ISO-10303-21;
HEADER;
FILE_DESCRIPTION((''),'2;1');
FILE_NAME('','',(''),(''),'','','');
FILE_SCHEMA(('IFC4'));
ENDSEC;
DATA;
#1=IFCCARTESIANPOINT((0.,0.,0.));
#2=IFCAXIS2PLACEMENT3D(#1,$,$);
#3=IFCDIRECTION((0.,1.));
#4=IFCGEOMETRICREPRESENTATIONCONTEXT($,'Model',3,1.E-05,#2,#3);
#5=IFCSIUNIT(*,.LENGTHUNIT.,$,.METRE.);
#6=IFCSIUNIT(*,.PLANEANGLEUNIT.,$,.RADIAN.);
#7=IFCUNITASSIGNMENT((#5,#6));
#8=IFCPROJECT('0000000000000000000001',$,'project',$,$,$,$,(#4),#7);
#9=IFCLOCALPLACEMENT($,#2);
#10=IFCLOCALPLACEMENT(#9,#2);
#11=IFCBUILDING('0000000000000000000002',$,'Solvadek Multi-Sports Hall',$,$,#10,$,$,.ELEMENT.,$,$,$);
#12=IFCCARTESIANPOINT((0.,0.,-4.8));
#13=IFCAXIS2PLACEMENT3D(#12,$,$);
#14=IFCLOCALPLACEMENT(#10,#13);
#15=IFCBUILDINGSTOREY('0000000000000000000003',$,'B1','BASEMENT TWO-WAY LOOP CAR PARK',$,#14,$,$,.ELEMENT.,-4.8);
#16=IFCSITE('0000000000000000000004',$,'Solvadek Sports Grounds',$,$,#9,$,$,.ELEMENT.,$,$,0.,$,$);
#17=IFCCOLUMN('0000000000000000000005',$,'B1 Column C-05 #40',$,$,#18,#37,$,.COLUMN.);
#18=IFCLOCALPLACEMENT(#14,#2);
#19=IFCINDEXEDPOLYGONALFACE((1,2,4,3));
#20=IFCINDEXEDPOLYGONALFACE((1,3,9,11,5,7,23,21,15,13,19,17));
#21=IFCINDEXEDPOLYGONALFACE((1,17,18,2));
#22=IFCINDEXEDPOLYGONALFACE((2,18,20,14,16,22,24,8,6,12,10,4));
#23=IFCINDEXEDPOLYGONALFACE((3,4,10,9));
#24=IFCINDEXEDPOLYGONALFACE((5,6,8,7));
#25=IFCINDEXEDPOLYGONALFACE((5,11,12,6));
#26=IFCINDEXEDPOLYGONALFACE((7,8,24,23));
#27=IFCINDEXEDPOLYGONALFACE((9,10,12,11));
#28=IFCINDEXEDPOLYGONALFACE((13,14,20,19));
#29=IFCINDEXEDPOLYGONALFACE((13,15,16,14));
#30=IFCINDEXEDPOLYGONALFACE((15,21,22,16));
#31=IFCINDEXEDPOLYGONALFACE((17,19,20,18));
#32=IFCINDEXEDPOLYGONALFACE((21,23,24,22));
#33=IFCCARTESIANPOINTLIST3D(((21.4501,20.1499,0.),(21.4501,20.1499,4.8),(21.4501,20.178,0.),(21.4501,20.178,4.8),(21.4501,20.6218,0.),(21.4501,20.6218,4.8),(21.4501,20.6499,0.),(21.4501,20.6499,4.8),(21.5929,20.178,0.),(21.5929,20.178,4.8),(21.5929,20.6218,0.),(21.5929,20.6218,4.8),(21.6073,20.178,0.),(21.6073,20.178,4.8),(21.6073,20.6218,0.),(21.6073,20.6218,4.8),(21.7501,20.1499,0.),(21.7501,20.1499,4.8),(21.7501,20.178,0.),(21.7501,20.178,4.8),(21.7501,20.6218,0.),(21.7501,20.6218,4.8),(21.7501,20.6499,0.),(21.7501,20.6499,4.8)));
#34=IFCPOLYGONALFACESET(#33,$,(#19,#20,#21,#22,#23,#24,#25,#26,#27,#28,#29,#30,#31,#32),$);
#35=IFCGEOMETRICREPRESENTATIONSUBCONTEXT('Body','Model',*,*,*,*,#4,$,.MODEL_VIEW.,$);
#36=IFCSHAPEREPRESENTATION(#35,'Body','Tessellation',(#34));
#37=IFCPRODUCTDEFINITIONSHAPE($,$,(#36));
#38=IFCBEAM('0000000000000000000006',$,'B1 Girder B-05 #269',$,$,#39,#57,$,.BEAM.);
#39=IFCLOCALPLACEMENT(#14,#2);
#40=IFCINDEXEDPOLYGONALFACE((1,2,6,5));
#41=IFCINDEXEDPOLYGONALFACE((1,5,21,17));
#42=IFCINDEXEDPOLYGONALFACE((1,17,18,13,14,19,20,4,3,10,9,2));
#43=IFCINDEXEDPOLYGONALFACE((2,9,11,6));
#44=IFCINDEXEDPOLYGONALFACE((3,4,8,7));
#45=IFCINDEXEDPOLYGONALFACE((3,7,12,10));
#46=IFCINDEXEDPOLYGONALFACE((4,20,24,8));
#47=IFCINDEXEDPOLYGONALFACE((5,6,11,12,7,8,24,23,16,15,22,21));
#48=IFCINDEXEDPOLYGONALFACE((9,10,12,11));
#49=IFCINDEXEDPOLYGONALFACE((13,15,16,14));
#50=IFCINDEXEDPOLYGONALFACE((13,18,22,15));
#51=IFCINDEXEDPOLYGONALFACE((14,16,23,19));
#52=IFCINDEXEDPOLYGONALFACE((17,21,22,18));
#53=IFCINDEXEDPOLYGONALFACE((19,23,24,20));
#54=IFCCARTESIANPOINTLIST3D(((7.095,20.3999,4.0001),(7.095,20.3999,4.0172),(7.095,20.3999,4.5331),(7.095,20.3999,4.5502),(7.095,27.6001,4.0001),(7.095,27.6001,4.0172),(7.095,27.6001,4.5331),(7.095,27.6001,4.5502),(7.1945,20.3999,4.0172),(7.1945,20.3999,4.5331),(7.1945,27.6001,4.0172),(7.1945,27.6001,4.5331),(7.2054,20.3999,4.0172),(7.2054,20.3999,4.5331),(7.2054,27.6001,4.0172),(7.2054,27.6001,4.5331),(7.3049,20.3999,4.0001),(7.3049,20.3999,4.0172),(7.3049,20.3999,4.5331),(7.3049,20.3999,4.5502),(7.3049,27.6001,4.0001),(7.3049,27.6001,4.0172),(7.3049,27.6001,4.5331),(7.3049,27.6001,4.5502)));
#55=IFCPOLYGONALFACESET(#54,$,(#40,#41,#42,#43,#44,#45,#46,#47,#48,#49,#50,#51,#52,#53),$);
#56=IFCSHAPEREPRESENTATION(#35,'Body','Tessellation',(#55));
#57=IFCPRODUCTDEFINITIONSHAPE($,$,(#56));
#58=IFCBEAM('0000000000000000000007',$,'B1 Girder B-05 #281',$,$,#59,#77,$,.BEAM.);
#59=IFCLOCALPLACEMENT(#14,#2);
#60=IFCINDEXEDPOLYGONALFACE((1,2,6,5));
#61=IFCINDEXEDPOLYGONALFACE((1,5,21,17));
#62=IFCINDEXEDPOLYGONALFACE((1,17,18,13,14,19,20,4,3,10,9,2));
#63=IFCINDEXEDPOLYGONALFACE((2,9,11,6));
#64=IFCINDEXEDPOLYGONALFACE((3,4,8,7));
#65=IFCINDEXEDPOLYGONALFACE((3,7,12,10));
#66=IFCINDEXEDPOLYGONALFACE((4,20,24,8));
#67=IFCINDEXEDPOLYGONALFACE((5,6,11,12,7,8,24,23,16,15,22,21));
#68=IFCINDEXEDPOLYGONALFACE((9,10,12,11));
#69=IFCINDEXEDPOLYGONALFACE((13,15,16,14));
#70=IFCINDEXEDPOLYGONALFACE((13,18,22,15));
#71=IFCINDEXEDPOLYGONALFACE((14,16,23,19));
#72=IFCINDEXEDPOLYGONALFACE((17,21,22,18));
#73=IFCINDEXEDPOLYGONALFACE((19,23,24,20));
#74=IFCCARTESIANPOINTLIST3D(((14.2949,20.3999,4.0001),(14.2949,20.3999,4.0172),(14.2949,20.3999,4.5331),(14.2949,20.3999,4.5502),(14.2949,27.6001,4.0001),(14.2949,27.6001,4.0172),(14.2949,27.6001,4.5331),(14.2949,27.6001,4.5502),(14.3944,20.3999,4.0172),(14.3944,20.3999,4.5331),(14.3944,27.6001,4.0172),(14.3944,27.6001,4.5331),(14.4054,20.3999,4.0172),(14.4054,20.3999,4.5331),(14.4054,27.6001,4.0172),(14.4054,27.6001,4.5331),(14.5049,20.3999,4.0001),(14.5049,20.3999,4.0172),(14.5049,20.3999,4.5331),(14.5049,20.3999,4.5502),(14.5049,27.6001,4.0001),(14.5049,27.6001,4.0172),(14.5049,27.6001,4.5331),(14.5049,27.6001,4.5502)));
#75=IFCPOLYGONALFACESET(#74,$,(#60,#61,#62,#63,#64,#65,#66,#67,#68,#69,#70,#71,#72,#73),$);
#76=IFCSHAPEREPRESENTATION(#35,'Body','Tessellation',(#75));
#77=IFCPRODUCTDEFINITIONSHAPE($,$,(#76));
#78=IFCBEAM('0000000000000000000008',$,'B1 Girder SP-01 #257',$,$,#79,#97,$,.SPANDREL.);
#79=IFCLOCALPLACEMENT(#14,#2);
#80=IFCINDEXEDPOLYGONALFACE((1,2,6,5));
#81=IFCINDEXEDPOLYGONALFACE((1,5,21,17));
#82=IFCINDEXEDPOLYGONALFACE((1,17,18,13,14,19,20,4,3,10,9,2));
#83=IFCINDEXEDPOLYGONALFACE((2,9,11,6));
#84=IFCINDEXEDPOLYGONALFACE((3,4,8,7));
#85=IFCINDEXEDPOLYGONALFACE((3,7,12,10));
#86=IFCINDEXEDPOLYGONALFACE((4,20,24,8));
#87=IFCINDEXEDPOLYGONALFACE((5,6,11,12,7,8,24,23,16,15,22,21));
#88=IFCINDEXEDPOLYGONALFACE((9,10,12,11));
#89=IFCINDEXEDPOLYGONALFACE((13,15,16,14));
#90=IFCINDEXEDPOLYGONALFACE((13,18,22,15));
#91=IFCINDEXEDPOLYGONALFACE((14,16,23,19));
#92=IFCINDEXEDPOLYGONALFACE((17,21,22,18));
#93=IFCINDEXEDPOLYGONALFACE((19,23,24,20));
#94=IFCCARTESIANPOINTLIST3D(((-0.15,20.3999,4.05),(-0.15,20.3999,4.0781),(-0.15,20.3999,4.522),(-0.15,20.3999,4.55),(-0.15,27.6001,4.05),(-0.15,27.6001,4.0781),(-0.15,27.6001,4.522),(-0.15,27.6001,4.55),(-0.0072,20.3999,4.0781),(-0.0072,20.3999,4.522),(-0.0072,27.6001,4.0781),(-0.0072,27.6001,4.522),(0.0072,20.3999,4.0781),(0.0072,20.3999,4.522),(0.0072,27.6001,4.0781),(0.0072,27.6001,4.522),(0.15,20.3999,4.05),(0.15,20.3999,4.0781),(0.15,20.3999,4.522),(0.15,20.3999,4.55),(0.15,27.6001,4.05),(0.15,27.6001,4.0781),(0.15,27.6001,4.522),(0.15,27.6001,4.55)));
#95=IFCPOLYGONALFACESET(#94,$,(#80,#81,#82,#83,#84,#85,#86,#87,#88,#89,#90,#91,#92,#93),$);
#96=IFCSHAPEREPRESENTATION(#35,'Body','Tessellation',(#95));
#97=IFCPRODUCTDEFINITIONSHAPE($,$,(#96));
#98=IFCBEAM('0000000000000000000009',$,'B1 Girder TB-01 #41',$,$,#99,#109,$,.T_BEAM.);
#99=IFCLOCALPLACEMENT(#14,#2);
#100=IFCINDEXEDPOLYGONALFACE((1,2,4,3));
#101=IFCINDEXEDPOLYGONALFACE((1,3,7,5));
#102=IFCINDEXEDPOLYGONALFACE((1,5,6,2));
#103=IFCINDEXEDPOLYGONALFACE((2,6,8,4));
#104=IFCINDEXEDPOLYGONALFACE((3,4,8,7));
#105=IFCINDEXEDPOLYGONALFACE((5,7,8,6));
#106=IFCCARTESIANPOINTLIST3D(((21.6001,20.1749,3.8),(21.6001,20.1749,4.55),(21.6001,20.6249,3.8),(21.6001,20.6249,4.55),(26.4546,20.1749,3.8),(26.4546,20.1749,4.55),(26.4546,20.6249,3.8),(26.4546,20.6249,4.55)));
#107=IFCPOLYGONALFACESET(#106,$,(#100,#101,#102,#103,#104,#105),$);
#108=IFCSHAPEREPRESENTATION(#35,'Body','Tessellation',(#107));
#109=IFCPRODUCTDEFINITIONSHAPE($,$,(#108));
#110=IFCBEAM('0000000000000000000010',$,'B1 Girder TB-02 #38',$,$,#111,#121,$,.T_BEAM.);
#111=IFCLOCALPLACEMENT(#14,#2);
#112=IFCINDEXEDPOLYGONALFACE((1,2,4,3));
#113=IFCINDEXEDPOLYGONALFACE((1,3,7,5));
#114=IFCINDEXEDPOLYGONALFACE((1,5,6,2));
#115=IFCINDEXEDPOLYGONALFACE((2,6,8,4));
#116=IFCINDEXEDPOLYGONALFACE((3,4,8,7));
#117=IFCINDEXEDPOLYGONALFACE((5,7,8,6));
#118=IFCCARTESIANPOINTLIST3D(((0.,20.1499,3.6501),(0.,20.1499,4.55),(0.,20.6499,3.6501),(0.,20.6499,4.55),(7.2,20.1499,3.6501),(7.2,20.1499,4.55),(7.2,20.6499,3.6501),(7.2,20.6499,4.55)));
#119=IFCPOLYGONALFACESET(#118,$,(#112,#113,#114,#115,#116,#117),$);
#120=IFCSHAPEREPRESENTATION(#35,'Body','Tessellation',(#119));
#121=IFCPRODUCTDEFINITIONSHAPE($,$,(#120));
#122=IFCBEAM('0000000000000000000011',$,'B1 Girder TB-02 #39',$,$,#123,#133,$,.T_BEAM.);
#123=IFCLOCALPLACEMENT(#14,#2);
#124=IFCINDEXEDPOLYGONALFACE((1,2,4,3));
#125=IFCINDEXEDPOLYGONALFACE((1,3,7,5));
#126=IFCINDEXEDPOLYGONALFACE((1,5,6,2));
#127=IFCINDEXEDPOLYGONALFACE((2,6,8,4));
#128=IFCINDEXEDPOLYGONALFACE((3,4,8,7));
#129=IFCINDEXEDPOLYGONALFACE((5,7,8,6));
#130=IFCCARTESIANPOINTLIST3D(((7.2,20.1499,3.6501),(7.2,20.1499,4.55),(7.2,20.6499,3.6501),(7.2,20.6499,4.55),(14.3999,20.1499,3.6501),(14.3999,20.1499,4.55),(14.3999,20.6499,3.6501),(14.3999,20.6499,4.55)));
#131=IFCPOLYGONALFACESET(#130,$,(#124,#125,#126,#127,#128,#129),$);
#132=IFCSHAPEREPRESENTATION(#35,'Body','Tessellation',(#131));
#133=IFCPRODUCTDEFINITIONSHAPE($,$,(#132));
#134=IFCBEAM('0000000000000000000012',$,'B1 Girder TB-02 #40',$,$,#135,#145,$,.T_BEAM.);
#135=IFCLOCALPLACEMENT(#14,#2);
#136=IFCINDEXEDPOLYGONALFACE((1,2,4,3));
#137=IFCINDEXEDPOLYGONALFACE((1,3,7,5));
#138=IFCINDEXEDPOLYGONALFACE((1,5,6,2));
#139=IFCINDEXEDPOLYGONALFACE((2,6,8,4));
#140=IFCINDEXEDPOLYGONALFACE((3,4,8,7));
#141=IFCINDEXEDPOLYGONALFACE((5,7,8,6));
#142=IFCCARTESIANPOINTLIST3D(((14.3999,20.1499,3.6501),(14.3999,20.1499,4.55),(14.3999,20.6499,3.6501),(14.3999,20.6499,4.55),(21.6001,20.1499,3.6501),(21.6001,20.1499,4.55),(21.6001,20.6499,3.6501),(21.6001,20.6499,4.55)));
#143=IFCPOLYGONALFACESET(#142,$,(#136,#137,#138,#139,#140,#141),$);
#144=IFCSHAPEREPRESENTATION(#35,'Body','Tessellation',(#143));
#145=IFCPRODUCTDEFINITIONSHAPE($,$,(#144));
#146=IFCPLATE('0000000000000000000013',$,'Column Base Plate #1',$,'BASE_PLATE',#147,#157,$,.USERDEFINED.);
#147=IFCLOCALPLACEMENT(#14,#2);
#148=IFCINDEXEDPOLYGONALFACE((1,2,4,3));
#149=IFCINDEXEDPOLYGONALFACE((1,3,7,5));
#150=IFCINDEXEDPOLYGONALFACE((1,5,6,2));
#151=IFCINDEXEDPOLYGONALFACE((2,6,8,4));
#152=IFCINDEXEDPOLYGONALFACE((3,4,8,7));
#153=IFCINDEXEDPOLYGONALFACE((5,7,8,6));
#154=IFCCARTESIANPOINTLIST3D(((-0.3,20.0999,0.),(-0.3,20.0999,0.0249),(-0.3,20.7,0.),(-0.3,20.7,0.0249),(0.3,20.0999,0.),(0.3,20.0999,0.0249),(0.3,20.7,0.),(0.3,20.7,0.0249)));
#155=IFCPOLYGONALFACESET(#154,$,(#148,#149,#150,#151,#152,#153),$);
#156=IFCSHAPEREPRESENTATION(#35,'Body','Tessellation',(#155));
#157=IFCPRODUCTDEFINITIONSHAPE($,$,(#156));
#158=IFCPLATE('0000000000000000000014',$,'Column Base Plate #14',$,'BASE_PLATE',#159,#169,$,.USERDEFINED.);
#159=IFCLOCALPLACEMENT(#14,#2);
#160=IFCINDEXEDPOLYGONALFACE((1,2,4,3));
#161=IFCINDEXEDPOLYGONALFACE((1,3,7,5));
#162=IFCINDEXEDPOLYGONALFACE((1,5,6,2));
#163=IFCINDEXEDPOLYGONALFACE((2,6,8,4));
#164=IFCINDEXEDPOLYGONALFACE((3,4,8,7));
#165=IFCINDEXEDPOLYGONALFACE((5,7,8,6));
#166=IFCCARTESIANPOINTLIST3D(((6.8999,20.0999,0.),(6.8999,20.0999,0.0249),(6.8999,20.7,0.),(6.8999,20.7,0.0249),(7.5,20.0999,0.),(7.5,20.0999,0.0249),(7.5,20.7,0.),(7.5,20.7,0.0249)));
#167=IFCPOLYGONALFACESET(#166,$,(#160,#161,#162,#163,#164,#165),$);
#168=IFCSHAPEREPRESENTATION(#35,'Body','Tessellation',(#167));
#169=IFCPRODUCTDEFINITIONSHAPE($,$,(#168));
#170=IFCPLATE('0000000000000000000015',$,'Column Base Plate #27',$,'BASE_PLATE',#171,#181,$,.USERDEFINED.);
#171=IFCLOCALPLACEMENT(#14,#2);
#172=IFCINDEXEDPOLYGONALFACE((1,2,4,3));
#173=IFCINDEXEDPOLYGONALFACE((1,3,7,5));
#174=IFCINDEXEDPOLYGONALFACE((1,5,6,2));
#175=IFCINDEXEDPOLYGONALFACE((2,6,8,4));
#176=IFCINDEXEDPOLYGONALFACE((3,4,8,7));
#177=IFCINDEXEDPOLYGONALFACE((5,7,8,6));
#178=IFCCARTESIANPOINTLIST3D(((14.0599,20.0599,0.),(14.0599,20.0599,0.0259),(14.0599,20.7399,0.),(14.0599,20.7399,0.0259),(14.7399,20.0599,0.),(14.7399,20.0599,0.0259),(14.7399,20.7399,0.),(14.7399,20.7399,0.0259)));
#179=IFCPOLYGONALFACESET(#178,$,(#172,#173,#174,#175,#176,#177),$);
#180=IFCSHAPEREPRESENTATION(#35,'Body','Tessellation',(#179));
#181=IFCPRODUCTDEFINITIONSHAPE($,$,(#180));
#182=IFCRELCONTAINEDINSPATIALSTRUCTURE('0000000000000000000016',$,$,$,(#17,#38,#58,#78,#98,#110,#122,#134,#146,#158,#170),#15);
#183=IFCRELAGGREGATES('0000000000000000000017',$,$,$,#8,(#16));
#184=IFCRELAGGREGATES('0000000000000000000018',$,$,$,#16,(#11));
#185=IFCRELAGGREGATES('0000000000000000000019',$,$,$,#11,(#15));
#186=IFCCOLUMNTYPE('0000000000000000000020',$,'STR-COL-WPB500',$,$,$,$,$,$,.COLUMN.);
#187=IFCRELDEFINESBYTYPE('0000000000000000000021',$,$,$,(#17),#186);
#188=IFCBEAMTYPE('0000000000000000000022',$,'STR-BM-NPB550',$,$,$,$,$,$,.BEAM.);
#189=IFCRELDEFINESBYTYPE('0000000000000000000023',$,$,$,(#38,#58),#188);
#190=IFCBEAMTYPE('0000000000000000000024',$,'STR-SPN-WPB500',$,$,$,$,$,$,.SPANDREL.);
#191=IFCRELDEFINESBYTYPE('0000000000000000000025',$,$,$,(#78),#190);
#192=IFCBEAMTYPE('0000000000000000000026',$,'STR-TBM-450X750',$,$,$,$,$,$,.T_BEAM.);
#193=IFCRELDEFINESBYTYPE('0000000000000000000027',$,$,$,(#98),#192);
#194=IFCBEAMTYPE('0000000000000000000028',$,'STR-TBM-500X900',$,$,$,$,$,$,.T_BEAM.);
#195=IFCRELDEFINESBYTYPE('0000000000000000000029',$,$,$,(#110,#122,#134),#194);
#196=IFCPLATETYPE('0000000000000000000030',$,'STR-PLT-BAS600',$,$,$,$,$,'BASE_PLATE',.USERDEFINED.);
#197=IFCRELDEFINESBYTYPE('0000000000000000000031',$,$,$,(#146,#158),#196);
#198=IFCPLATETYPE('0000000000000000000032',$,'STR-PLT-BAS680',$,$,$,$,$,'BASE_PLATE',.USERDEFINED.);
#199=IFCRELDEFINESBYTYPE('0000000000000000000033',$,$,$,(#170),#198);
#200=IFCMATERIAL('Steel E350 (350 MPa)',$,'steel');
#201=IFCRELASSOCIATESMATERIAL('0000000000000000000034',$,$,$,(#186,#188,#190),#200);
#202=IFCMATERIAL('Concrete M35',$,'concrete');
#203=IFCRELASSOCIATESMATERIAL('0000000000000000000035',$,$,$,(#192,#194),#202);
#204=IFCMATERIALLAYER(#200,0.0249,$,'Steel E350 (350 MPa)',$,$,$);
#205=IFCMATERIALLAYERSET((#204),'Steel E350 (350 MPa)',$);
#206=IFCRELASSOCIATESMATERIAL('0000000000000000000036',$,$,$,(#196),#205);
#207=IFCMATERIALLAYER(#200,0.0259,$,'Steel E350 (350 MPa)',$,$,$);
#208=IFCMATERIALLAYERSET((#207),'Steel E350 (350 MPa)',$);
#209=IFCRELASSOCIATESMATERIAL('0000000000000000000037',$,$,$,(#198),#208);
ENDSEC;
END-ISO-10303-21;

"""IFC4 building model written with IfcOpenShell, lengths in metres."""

from ifc_helpers import new_model, si_unit, direction, frame, origin, origin_2d, place, context, subcontext, project, spatial, rectangle, i_section, extrude, material, layer, layer_set, material_profile, profile_set, type_object, element, save


model = new_model("IFC4")

# Units and contexts
model_context = context("Model", 3, precision=1e-05, world=origin(), true_north=direction((0.0, 1.0)))
body_context = subcontext(model_context, "Body", "Model", "MODEL_VIEW")
ifc_project = project(units=[si_unit("LENGTHUNIT", "METRE"), si_unit("PLANEANGLEUNIT", "RADIAN")], contexts=[model_context])

# Site, building, storey
site_placement = place(None, origin())
site = spatial("IfcSite", under=ifc_project, at=site_placement, Name="Solvadek Sports Grounds", CompositionType="ELEMENT", RefElevation=0.0)
building_placement = place(site_placement, origin())
building = spatial("IfcBuilding", under=site, at=building_placement, Name="Solvadek Multi-Sports Hall", CompositionType="ELEMENT")
storey_placement = place(building_placement, frame((0.0, 0.0, -4.8)))
storey = spatial("IfcBuildingStorey", under=building, at=storey_placement, Name="B1", Description="BASEMENT TWO-WAY LOOP CAR PARK", CompositionType="ELEMENT", Elevation=-4.8)

# Shared definitions
ifc_material_1 = material(Name="Concrete M35", Category="concrete")

# Column
ifc_material_2 = material(Name="Steel E350 (350 MPa)", Category="steel")
ifc_material_profile_1 = material_profile(ifc_material_2, i_section(OverallWidth=0.3, OverallDepth=0.5, WebThickness=0.0144, FlangeThickness=0.0281, at=origin_2d()), Name="WPB 500")
ifc_profile_set_1 = profile_set([ifc_material_profile_1], Name="Steel E350 (350 MPa)")
column_type_1 = type_object("IfcColumnType", Name="STR-COL-WPB500", PredefinedType="COLUMN", material=ifc_profile_set_1)
for number, where, z_axis, x_axis, name in (
    (1, (21.6001, 20.3999, 0.0), (0.0, 0.0, 1.0), (1.0, 0.0, 0.0), "B1 Column C-05 #40"),
):
    element("IfcColumn", number, at=place(storey_placement, frame(where, z_axis=z_axis, x_axis=x_axis)), inside=storey, type_object=column_type_1, Name=name, PredefinedType="COLUMN", context=body_context, shape_type="SweptSolid", body=[
        extrude(i_section(OverallWidth=0.3, OverallDepth=0.5, WebThickness=0.0144, FlangeThickness=0.0281, at=origin_2d()), origin(), (0.0, 0.0, 1.0), 4.8),
    ])

# Beams
ifc_material_profile_2 = material_profile(ifc_material_2, i_section(OverallWidth=0.21, OverallDepth=0.55, WebThickness=0.011, FlangeThickness=0.0171, at=origin_2d()), Name="NPB 550")
ifc_profile_set_2 = profile_set([ifc_material_profile_2], Name="Steel E350 (350 MPa)")
beam_type_1 = type_object("IfcBeamType", Name="STR-BM-NPB550", PredefinedType="BEAM", material=ifc_profile_set_2)
for number, where, z_axis, x_axis, name in (
    (2, (7.2, 20.3999, 4.2751), (0.0, 1.0, 0.0), (-1.0, 0.0, 0.0), "B1 Girder B-05 #269"),
    (3, (14.3999, 20.3999, 4.2751), (0.0, 1.0, 0.0), (-1.0, 0.0, 0.0), "B1 Girder B-05 #281"),
):
    element("IfcBeam", number, at=place(storey_placement, frame(where, z_axis=z_axis, x_axis=x_axis)), inside=storey, type_object=beam_type_1, Name=name, PredefinedType="BEAM", context=body_context, shape_type="SweptSolid", body=[
        extrude(i_section(OverallWidth=0.21, OverallDepth=0.55, WebThickness=0.011, FlangeThickness=0.0171, at=origin_2d()), origin(), (0.0, 0.0, 1.0), 7.2002),
    ])
ifc_material_profile_3 = material_profile(ifc_material_2, i_section(OverallWidth=0.3, OverallDepth=0.5, WebThickness=0.0144, FlangeThickness=0.0281, at=origin_2d()), Name="WPB 500")
ifc_profile_set_3 = profile_set([ifc_material_profile_3], Name="Steel E350 (350 MPa)")
beam_type_2 = type_object("IfcBeamType", Name="STR-SPN-WPB500", PredefinedType="SPANDREL", material=ifc_profile_set_3)
beam_1_placement = place(storey_placement, frame((0.0, 20.3999, 4.3), z_axis=(0.0, 1.0, 0.0), x_axis=(-1.0, 0.0, 0.0)))
element("IfcBeam", 4, at=beam_1_placement, inside=storey, type_object=beam_type_2, Name="B1 Girder SP-01 #257", PredefinedType="SPANDREL", context=body_context, shape_type="SweptSolid", body=[
    extrude(i_section(OverallWidth=0.3, OverallDepth=0.5, WebThickness=0.0144, FlangeThickness=0.0281, at=origin_2d()), origin(), (0.0, 0.0, 1.0), 7.2002),
])
ifc_material_profile_4 = material_profile(ifc_material_1, rectangle(XDim=0.45, YDim=0.75, at=origin_2d()), Name="RC T-BEAM 450x750")
ifc_profile_set_4 = profile_set([ifc_material_profile_4], Name="Concrete M35")
beam_type_3 = type_object("IfcBeamType", Name="STR-TBM-450X750", PredefinedType="T_BEAM", material=ifc_profile_set_4)
beam_2_placement = place(storey_placement, frame((21.6001, 20.3999, 4.175), z_axis=(1.0, 0.0, 0.0), x_axis=(0.0, 1.0, 0.0)))
element("IfcBeam", 5, at=beam_2_placement, inside=storey, type_object=beam_type_3, Name="B1 Girder TB-01 #41", PredefinedType="T_BEAM", context=body_context, shape_type="SweptSolid", body=[
    extrude(rectangle(XDim=0.45, YDim=0.75, at=origin_2d()), origin(), (0.0, 0.0, 1.0), 4.8545),
])
ifc_material_profile_5 = material_profile(ifc_material_1, rectangle(XDim=0.5, YDim=0.8999, at=origin_2d()), Name="RC T-BEAM 500x900")
ifc_profile_set_5 = profile_set([ifc_material_profile_5], Name="Concrete M35")
beam_type_4 = type_object("IfcBeamType", Name="STR-TBM-500X900", PredefinedType="T_BEAM", material=ifc_profile_set_5)
for number, where, z_axis, x_axis, name in (
    (6, (0.0, 20.3999, 4.1001), (1.0, 0.0, 0.0), (0.0, 1.0, 0.0), "B1 Girder TB-02 #38"),
    (7, (7.2, 20.3999, 4.1001), (1.0, 0.0, 0.0), (0.0, 1.0, 0.0), "B1 Girder TB-02 #39"),
):
    element("IfcBeam", number, at=place(storey_placement, frame(where, z_axis=z_axis, x_axis=x_axis)), inside=storey, type_object=beam_type_4, Name=name, PredefinedType="T_BEAM", context=body_context, shape_type="SweptSolid", body=[
        extrude(rectangle(XDim=0.5, YDim=0.8999, at=origin_2d()), origin(), (0.0, 0.0, 1.0), 7.2),
    ])
beam_3_placement = place(storey_placement, frame((14.3999, 20.3999, 4.1001), z_axis=(1.0, 0.0, 0.0), x_axis=(0.0, 1.0, 0.0)))
element("IfcBeam", 8, at=beam_3_placement, inside=storey, type_object=beam_type_4, Name="B1 Girder TB-02 #40", PredefinedType="T_BEAM", context=body_context, shape_type="SweptSolid", body=[
    extrude(rectangle(XDim=0.5, YDim=0.8999, at=origin_2d()), origin(), (0.0, 0.0, 1.0), 7.2002),
])

# Plates
ifc_layer_1 = layer(ifc_material_2, 0.0249, Name="Steel E350 (350 MPa)")
ifc_layer_set_1 = layer_set([ifc_layer_1], Name="Steel E350 (350 MPa)")
plate_type_1 = type_object("IfcPlateType", Name="STR-PLT-BAS600", ElementType="BASE_PLATE", PredefinedType="USERDEFINED", material=ifc_layer_set_1)
for number, where, z_axis, x_axis, name in (
    (9, (0.0, 20.3999, 0.0), (0.0, 0.0, 1.0), (1.0, 0.0, 0.0), "Column Base Plate #1"),
    (10, (7.2, 20.3999, 0.0), (0.0, 0.0, 1.0), (1.0, 0.0, 0.0), "Column Base Plate #14"),
):
    element("IfcPlate", number, at=place(storey_placement, frame(where, z_axis=z_axis, x_axis=x_axis)), inside=storey, type_object=plate_type_1, Name=name, ObjectType="BASE_PLATE", PredefinedType="USERDEFINED", context=body_context, shape_type="SweptSolid", body=[
        extrude(rectangle(XDim=0.6001, YDim=0.6001, at=origin_2d()), origin(), (0.0, 0.0, 1.0), 0.0249),
    ])
ifc_layer_2 = layer(ifc_material_2, 0.0259, Name="Steel E350 (350 MPa)")
ifc_layer_set_2 = layer_set([ifc_layer_2], Name="Steel E350 (350 MPa)")
plate_type_2 = type_object("IfcPlateType", Name="STR-PLT-BAS680", ElementType="BASE_PLATE", PredefinedType="USERDEFINED", material=ifc_layer_set_2)
for number, where, z_axis, x_axis, name in (
    (11, (14.3999, 20.3999, 0.0), (0.0, 0.0, 1.0), (1.0, 0.0, 0.0), "Column Base Plate #27"),
):
    element("IfcPlate", number, at=place(storey_placement, frame(where, z_axis=z_axis, x_axis=x_axis)), inside=storey, type_object=plate_type_2, Name=name, ObjectType="BASE_PLATE", PredefinedType="USERDEFINED", context=body_context, shape_type="SweptSolid", body=[
        extrude(rectangle(XDim=0.6799, YDim=0.6799, at=origin_2d()), origin(), (0.0, 0.0, 1.0), 0.0259),
    ])

save(model, "model.ifc")
